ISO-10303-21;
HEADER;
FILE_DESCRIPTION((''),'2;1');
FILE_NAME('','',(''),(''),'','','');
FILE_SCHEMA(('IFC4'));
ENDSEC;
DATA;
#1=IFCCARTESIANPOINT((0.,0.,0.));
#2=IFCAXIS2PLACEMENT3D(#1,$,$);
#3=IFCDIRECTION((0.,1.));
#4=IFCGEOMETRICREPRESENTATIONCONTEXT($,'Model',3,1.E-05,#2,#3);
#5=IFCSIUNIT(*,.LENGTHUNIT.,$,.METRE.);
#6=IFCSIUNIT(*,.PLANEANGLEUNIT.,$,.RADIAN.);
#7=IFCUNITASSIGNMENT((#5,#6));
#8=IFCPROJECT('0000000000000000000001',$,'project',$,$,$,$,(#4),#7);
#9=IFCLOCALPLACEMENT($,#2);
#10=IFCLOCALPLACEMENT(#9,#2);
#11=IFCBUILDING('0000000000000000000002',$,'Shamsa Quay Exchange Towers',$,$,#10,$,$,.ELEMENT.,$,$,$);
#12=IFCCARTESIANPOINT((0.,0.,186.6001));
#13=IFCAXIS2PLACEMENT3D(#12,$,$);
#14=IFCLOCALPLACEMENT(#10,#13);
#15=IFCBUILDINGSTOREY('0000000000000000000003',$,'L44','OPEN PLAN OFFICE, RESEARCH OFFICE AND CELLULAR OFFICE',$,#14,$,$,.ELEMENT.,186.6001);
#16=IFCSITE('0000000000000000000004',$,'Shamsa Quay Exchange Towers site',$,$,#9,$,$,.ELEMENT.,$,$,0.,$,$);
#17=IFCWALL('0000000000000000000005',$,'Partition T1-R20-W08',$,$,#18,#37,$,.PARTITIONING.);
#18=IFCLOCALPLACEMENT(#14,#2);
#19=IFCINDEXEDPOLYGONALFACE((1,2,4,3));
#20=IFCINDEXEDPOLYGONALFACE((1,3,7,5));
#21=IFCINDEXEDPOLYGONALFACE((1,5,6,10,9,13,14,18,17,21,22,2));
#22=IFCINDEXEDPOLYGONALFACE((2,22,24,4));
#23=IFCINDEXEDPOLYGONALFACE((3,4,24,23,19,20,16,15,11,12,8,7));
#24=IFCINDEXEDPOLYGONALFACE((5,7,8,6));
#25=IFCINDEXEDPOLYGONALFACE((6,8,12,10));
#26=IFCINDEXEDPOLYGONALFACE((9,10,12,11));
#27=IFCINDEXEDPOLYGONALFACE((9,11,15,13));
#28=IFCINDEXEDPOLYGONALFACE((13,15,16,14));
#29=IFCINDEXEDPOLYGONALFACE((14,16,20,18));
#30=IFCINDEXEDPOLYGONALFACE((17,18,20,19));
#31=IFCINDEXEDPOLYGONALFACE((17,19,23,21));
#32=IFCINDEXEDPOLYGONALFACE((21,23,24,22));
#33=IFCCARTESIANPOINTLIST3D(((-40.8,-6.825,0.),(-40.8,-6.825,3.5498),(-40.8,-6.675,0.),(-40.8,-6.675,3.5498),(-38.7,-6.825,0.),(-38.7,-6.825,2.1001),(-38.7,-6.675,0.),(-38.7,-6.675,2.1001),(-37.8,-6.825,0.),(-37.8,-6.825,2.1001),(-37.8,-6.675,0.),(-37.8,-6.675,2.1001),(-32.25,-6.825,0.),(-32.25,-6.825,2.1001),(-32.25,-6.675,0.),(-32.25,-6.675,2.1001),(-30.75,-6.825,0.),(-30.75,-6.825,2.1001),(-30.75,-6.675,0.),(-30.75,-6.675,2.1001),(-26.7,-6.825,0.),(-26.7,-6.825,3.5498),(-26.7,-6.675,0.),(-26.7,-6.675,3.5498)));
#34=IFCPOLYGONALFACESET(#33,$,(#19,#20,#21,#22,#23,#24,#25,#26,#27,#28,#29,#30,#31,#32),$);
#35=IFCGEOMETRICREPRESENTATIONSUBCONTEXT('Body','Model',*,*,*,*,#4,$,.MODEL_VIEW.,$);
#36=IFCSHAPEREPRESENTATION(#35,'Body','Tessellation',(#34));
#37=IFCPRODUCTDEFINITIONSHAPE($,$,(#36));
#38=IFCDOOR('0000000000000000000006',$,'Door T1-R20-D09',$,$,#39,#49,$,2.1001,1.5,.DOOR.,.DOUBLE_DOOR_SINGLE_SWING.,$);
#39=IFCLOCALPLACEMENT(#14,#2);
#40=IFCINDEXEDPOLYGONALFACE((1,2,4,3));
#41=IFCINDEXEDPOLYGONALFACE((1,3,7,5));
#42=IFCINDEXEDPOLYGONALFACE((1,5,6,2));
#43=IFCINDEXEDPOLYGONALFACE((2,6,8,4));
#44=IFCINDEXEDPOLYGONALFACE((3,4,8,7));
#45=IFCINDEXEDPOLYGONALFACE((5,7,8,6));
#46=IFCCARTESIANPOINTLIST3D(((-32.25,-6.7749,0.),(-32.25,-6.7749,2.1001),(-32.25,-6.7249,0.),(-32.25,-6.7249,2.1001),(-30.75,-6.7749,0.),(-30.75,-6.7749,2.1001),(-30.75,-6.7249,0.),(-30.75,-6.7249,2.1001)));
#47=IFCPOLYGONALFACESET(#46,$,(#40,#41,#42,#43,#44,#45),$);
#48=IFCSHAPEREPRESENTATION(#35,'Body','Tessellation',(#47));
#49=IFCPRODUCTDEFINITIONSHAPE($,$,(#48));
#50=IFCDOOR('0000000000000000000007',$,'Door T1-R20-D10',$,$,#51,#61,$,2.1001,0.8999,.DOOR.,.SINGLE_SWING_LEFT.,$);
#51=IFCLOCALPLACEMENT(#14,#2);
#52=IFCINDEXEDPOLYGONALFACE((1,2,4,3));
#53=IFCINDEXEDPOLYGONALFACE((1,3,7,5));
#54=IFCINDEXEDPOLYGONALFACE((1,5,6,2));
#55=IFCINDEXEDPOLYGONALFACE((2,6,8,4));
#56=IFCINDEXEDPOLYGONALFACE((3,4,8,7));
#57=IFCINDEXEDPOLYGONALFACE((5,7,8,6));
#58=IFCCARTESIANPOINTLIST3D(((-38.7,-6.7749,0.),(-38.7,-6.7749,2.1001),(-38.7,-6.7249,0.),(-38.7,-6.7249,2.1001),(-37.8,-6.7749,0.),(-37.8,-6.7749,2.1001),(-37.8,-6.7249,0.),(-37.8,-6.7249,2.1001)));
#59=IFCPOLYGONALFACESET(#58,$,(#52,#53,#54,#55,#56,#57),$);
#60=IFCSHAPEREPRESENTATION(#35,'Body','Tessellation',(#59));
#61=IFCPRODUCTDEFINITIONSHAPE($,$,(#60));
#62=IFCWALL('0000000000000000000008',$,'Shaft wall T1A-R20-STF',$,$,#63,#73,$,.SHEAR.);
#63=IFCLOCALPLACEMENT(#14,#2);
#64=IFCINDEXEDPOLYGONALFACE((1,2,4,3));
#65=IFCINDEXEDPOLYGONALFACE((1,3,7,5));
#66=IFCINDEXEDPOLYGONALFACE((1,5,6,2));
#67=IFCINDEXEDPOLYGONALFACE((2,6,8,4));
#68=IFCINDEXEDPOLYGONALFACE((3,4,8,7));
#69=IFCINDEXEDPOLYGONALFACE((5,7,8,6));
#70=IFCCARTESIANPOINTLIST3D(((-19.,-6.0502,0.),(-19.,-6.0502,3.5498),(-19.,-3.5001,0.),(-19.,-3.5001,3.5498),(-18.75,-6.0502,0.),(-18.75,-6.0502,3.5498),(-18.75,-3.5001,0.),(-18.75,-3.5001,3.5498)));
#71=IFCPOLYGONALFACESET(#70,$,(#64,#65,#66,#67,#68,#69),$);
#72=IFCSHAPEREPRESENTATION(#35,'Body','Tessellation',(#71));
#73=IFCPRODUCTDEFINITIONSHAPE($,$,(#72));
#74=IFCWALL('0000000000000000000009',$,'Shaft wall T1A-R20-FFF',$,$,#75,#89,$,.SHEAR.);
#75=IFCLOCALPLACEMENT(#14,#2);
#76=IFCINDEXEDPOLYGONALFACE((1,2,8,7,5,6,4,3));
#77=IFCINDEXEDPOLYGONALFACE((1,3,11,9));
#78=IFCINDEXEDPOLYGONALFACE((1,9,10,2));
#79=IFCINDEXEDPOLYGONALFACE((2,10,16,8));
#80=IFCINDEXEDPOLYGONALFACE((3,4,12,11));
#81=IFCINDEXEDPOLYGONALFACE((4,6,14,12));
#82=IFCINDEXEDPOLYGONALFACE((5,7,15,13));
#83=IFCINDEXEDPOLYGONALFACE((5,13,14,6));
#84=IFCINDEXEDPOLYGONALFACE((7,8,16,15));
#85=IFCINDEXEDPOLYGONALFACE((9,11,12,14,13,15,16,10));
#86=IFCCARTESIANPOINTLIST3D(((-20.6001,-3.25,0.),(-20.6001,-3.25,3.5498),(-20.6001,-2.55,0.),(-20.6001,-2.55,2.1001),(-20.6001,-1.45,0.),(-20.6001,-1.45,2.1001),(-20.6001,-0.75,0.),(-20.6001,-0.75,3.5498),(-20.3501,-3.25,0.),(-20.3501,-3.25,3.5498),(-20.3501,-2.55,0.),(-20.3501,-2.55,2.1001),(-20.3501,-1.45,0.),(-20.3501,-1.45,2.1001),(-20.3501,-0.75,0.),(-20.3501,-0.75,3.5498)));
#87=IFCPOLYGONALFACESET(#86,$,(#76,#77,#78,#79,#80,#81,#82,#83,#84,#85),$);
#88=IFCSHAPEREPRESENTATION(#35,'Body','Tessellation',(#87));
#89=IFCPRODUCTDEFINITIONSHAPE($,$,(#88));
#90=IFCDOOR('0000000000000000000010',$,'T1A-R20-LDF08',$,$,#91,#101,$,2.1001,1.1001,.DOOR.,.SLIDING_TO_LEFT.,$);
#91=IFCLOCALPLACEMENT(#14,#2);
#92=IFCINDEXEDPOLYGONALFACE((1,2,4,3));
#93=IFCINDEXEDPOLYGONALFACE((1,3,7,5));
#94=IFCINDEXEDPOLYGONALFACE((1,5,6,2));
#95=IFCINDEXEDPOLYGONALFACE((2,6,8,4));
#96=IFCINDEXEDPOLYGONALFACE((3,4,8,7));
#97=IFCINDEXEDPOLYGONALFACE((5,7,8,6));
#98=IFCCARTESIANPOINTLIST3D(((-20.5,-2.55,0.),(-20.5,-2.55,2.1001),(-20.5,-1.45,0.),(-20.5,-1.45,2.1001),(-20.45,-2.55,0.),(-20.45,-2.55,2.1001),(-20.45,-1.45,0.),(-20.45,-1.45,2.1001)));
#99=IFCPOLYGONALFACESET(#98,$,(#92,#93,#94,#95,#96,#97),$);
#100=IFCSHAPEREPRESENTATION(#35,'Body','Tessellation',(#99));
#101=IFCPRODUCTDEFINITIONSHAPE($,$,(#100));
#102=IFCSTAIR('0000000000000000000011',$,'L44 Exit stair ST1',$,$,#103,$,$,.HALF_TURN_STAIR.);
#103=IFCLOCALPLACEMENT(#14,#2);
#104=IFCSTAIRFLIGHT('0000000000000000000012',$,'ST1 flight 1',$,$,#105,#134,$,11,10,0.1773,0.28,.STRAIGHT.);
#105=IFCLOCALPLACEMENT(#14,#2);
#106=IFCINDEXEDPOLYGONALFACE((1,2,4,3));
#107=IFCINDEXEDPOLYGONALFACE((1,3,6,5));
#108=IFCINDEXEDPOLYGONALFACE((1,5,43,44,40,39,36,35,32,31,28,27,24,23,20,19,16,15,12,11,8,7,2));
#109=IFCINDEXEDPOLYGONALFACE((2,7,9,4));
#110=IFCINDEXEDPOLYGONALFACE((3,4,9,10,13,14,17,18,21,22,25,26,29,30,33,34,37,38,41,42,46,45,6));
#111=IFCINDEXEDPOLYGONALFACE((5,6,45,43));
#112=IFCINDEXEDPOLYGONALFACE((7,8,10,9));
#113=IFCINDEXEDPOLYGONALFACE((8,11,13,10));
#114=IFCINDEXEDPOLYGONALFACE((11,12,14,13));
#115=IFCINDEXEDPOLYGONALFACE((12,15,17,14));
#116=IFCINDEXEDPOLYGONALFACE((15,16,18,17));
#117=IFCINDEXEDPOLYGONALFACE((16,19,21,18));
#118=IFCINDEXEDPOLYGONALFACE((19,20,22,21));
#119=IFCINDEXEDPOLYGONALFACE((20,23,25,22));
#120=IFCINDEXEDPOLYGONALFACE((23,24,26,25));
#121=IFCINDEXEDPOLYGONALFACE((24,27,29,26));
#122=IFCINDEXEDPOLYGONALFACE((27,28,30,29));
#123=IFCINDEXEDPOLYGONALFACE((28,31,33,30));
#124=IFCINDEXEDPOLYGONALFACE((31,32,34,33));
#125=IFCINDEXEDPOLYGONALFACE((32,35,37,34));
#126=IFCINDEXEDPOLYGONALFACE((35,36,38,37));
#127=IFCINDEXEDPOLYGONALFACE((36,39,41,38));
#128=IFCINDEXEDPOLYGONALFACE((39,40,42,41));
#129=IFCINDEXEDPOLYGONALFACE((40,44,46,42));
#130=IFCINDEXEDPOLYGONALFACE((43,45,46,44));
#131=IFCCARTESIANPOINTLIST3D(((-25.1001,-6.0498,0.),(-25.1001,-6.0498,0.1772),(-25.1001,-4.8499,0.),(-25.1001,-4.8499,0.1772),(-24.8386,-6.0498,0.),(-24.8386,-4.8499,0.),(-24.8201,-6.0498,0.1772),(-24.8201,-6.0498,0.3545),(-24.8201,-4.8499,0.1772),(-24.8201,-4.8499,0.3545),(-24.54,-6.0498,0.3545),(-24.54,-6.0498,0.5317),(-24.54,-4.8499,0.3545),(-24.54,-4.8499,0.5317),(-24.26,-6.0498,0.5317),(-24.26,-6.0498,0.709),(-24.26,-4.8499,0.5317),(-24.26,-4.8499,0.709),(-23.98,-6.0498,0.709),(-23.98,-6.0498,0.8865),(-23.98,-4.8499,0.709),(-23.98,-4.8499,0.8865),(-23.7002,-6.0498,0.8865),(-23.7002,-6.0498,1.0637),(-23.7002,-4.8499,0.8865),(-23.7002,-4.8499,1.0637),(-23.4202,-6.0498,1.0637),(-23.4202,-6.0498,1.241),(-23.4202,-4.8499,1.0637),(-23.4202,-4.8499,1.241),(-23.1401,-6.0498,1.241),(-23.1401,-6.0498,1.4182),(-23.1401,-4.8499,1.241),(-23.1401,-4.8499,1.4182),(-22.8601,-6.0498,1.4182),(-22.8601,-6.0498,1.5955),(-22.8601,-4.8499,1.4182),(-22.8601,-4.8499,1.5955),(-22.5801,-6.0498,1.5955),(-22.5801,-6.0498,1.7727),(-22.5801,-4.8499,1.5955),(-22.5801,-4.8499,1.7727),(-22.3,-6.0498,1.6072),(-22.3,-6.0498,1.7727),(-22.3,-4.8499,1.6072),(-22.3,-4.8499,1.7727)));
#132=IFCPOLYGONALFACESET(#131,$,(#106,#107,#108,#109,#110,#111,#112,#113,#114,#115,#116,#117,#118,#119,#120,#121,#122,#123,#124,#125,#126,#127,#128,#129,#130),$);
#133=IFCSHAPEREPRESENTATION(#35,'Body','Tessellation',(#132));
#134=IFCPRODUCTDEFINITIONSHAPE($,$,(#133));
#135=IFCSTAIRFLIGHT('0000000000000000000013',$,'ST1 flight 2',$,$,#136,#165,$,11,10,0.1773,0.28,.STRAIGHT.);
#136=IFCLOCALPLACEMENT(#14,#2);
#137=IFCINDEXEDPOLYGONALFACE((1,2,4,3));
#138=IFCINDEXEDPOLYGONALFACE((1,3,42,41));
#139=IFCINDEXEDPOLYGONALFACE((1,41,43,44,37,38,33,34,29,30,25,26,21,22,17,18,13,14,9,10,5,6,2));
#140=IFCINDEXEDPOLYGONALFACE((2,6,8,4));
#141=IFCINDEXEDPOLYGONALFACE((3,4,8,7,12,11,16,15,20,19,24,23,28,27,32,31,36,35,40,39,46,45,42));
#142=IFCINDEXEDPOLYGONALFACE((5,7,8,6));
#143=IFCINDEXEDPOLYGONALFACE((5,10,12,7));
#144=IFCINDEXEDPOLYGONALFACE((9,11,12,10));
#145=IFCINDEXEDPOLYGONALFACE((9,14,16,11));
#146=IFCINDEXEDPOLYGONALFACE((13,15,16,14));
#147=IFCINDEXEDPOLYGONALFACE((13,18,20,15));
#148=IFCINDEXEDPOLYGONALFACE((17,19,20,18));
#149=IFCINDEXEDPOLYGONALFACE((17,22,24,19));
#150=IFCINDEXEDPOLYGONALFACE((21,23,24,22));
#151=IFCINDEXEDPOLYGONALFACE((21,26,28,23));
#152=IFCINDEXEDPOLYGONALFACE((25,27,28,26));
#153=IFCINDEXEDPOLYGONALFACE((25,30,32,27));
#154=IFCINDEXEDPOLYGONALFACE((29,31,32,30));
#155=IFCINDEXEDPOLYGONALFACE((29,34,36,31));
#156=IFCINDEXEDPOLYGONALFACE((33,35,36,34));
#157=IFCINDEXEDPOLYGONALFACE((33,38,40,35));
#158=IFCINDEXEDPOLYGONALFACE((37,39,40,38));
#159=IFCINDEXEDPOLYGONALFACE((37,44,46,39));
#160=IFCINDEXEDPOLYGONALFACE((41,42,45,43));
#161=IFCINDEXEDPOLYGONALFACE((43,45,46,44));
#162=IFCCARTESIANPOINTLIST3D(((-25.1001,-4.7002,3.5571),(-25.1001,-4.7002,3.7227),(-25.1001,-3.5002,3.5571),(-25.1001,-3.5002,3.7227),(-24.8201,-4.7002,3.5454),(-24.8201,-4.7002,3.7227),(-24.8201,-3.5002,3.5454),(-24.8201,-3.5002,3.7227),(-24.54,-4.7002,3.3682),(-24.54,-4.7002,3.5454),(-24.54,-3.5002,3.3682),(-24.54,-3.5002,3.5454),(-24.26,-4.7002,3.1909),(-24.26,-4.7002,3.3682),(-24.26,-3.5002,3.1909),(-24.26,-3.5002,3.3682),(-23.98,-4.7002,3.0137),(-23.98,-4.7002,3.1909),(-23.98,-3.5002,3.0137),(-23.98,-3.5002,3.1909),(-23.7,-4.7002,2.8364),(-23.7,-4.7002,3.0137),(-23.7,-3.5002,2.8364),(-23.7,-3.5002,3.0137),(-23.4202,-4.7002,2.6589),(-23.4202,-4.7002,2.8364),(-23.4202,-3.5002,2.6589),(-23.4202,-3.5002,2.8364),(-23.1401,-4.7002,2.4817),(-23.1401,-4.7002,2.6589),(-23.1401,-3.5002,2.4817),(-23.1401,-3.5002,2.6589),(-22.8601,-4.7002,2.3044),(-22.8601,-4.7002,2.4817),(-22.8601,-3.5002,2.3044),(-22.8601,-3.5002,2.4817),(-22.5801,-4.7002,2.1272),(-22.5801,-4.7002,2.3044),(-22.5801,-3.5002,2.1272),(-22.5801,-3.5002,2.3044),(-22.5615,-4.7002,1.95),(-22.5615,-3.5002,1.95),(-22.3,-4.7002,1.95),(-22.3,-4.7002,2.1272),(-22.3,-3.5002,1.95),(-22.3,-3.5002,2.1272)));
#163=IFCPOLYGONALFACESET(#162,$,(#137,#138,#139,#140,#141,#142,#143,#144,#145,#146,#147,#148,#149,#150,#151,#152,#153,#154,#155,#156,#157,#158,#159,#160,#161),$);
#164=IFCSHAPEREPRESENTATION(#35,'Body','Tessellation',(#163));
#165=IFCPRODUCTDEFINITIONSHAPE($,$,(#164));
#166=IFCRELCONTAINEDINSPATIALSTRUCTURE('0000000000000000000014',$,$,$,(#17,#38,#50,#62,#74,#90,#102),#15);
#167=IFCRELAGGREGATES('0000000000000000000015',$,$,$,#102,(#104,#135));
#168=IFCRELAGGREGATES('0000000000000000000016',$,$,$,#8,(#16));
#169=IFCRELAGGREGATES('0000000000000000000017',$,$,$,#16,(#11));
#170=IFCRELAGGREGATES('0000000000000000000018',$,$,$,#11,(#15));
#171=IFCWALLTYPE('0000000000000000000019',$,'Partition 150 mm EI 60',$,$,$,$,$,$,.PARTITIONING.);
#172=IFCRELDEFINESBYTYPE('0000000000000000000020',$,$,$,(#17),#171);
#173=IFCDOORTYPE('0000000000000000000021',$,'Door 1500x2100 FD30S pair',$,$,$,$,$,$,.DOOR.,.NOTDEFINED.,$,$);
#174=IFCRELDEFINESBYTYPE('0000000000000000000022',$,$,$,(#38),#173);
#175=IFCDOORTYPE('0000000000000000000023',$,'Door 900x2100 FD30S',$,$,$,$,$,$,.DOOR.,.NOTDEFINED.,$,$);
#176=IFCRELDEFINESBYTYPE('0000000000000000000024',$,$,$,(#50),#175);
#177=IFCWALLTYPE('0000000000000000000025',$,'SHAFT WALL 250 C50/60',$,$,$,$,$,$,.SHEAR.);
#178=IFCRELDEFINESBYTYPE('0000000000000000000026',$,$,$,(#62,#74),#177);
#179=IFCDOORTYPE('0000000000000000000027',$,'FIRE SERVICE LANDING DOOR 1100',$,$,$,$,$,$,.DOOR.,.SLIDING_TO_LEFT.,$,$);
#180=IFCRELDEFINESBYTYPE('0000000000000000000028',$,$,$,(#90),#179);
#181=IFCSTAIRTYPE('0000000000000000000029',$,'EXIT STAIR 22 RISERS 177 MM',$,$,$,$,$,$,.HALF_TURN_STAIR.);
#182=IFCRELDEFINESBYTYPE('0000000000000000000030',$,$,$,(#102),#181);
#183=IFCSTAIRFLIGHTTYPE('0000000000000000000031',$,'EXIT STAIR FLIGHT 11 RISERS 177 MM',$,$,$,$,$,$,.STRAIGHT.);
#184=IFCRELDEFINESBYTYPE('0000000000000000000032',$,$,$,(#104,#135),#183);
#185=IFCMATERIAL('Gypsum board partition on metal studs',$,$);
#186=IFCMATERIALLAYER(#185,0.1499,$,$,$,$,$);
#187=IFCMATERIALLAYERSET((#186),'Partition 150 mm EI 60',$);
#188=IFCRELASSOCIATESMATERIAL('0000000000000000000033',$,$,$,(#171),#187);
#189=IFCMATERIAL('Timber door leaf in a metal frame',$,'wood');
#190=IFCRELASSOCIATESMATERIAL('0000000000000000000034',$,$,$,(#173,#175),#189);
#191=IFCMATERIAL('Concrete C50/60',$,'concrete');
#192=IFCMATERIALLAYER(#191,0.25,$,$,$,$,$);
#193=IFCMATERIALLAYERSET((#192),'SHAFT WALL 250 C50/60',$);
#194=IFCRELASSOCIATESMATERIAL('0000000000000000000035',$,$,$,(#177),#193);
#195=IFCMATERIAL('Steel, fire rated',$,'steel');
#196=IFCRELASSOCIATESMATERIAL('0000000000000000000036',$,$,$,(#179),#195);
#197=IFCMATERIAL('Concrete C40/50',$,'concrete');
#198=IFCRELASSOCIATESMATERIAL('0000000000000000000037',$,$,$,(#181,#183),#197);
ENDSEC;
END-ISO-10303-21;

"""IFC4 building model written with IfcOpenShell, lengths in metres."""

from ifc_helpers import new_model, si_unit, direction, frame, frame_2d, origin, place, context, subcontext, project, spatial, polyline, rectangle, outline, extrude, material, layer, layer_set, type_object, element, fill, aggregate, save


model = new_model("IFC4")

# Units and contexts
model_context = context("Model", 3, precision=1e-05, world=origin(), true_north=direction((0.0, 1.0)))
body_context = subcontext(model_context, "Body", "Model", "MODEL_VIEW")
ifc_project = project(units=[si_unit("LENGTHUNIT", "METRE"), si_unit("PLANEANGLEUNIT", "RADIAN")], contexts=[model_context])

# Site, building, storey
site_placement = place(None, origin())
site = spatial("IfcSite", under=ifc_project, at=site_placement, Name="Shamsa Quay Exchange Towers site", CompositionType="ELEMENT", RefElevation=0.0)
building_placement = place(site_placement, origin())
building = spatial("IfcBuilding", under=site, at=building_placement, Name="Shamsa Quay Exchange Towers", CompositionType="ELEMENT")
storey_placement = place(building_placement, frame((0.0, 0.0, 186.6001)))
storey = spatial("IfcBuildingStorey", under=building, at=storey_placement, Name="L44", Description="OPEN PLAN OFFICE, RESEARCH OFFICE AND CELLULAR OFFICE", CompositionType="ELEMENT", Elevation=186.6001)

# Wall, openings, doors
ifc_material_1 = material(Name="Gypsum board partition on metal studs")
ifc_layer_1 = layer(ifc_material_1, 0.1499)
ifc_layer_set_1 = layer_set([ifc_layer_1], Name="Partition 150 mm EI 60")
wall_type_1 = type_object("IfcWallType", Name="Partition 150 mm EI 60", PredefinedType="PARTITIONING", material=ifc_layer_set_1)
wall_1_placement = place(storey_placement, frame((-26.7, -6.75, 0.0), z_axis=(0.0, 0.0, 1.0), x_axis=(-1.0, 0.0, 0.0)))
wall_1 = element("IfcWall", 1, at=wall_1_placement, inside=storey, type_object=wall_type_1, Name="Partition T1-R20-W08", PredefinedType="PARTITIONING", context=body_context, shape_type="SweptSolid", body=[
    extrude(rectangle(XDim=14.1001, YDim=0.1499, at=frame_2d((7.05, 0.0))), origin(), (0.0, 0.0, 1.0), 3.5498),
])
opening_1_placement = place(wall_1_placement, frame((4.05, 0.0, 0.0)))
opening_1 = element("IfcOpeningElement", 2, at=opening_1_placement, cuts=wall_1, PredefinedType="OPENING", context=body_context, shape_type="SweptSolid", body=[
    extrude(rectangle(XDim=1.5, YDim=2.1001, at=frame_2d((0.75, 1.05))), frame((0.0, 0.085, 0.0), z_axis=(0.0, -1.0, 0.0), x_axis=(1.0, 0.0, 0.0)), (0.0, 0.0, 1.0), 0.1699),
])
opening_2_placement = place(wall_1_placement, frame((11.1001, 0.0, 0.0)))
opening_2 = element("IfcOpeningElement", 3, at=opening_2_placement, cuts=wall_1, PredefinedType="OPENING", context=body_context, shape_type="SweptSolid", body=[
    extrude(rectangle(XDim=0.8999, YDim=2.1001, at=frame_2d((0.45, 1.05))), frame((0.0, 0.085, 0.0), z_axis=(0.0, -1.0, 0.0), x_axis=(1.0, 0.0, 0.0)), (0.0, 0.0, 1.0), 0.1699),
])
ifc_material_2 = material(Name="Timber door leaf in a metal frame", Category="wood")
door_type_1 = type_object("IfcDoorType", Name="Door 1500x2100 FD30S pair", OperationType="NOTDEFINED", PredefinedType="DOOR", material=ifc_material_2)
door_1_placement = place(opening_1_placement, origin())
door_1 = element("IfcDoor", 4, at=door_1_placement, inside=storey, type_object=door_type_1, Name="Door T1-R20-D09", OperationType="DOUBLE_DOOR_SINGLE_SWING", OverallHeight=2.1001, OverallWidth=1.5, PredefinedType="DOOR", context=body_context, shape_type="SweptSolid", body=[
    extrude(rectangle(XDim=1.5, YDim=2.1001, at=frame_2d((0.75, 1.05))), frame((0.0, 0.0249, 0.0), z_axis=(0.0, -1.0, 0.0), x_axis=(1.0, 0.0, 0.0)), (0.0, 0.0, 1.0), 0.05),
])
fill(opening_1, door_1)
door_type_2 = type_object("IfcDoorType", Name="Door 900x2100 FD30S", OperationType="NOTDEFINED", PredefinedType="DOOR", material=ifc_material_2)
door_2_placement = place(opening_2_placement, origin())
door_2 = element("IfcDoor", 5, at=door_2_placement, inside=storey, type_object=door_type_2, Name="Door T1-R20-D10", OperationType="SINGLE_SWING_LEFT", OverallHeight=2.1001, OverallWidth=0.8999, PredefinedType="DOOR", context=body_context, shape_type="SweptSolid", body=[
    extrude(rectangle(XDim=0.8999, YDim=2.1001, at=frame_2d((0.45, 1.05))), frame((0.0, 0.0249, 0.0), z_axis=(0.0, -1.0, 0.0), x_axis=(1.0, 0.0, 0.0)), (0.0, 0.0, 1.0), 0.05),
])
fill(opening_2, door_2)

# Wall
ifc_material_3 = material(Name="Concrete C50/60", Category="concrete")
ifc_layer_2 = layer(ifc_material_3, 0.25)
ifc_layer_set_2 = layer_set([ifc_layer_2], Name="SHAFT WALL 250 C50/60")
wall_type_2 = type_object("IfcWallType", Name="SHAFT WALL 250 C50/60", PredefinedType="SHEAR", material=ifc_layer_set_2)
wall_2_placement = place(storey_placement, frame((-18.875, -6.05, 0.0), z_axis=(0.0, 0.0, 1.0), x_axis=(0.0, 1.0, 0.0)))
element("IfcWall", 6, at=wall_2_placement, inside=storey, type_object=wall_type_2, Name="Shaft wall T1A-R20-STF", PredefinedType="SHEAR", context=body_context, shape_type="SweptSolid", body=[
    extrude(rectangle(XDim=2.55, YDim=0.25, at=frame_2d((1.2749, 0.0))), origin(), (0.0, 0.0, 1.0), 3.5498),
])

# Wall, opening, door
wall_3_placement = place(storey_placement, frame((-20.4751, -3.25, 0.0), z_axis=(0.0, 0.0, 1.0), x_axis=(0.0, 1.0, 0.0)))
wall_3 = element("IfcWall", 7, at=wall_3_placement, inside=storey, type_object=wall_type_2, Name="Shaft wall T1A-R20-FFF", PredefinedType="SHEAR", context=body_context, shape_type="SweptSolid", body=[
    extrude(rectangle(XDim=2.5, YDim=0.25, at=frame_2d((1.25, 0.0))), origin(), (0.0, 0.0, 1.0), 3.5498),
])
opening_3_placement = place(wall_3_placement, frame((0.7, 0.0, 0.0)))
opening_3 = element("IfcOpeningElement", 8, at=opening_3_placement, cuts=wall_3, PredefinedType="OPENING", context=body_context, shape_type="SweptSolid", body=[
    extrude(rectangle(XDim=1.1001, YDim=2.1001, at=frame_2d((0.55, 1.05))), frame((0.0, 0.135, 0.0), z_axis=(0.0, -1.0, 0.0), x_axis=(1.0, 0.0, 0.0)), (0.0, 0.0, 1.0), 0.27),
])
ifc_material_4 = material(Name="Steel, fire rated", Category="steel")
door_type_3 = type_object("IfcDoorType", Name="FIRE SERVICE LANDING DOOR 1100", OperationType="SLIDING_TO_LEFT", PredefinedType="DOOR", material=ifc_material_4)
door_3_placement = place(opening_3_placement, origin())
door_3 = element("IfcDoor", 9, at=door_3_placement, inside=storey, type_object=door_type_3, Name="T1A-R20-LDF08", OperationType="SLIDING_TO_LEFT", OverallHeight=2.1001, OverallWidth=1.1001, PredefinedType="DOOR", context=body_context, shape_type="SweptSolid", body=[
    extrude(rectangle(XDim=1.1001, YDim=2.1001, at=frame_2d((0.55, 1.05))), frame((0.0, 0.0249, 0.0), z_axis=(0.0, -1.0, 0.0), x_axis=(1.0, 0.0, 0.0)), (0.0, 0.0, 1.0), 0.05),
])
fill(opening_3, door_3)

# Stair, stair flights
ifc_material_5 = material(Name="Concrete C40/50", Category="concrete")
stair_type = type_object("IfcStairType", Name="EXIT STAIR 22 RISERS 177 MM", PredefinedType="HALF_TURN_STAIR", material=ifc_material_5)
stair_placement = place(storey_placement, origin())
stair = element("IfcStair", 10, at=stair_placement, inside=storey, type_object=stair_type, Name="L44 Exit stair ST1", PredefinedType="HALF_TURN_STAIR")
stair_flight_type = type_object("IfcStairFlightType", Name="EXIT STAIR FLIGHT 11 RISERS 177 MM", PredefinedType="STRAIGHT", material=ifc_material_5)
stair_flight_1_placement = place(storey_placement, frame((-25.1001, -5.45, 0.0)))
stair_flight_1 = element("IfcStairFlight", 11, at=stair_flight_1_placement, type_object=stair_flight_type, Name="ST1 flight 1", NumberOfRisers=11, NumberOfTreads=10, PredefinedType="STRAIGHT", RiserHeight=0.1773, TreadLength=0.28, context=body_context, shape_type="SweptSolid", body=[
    extrude(outline(polyline([(0.0, 0.0), (0.0, 0.1772), (0.28, 0.1772), (0.28, 0.3545), (0.5601, 0.3545), (0.5601, 0.5317), (0.8401, 0.5317), (0.8401, 0.709), (1.1201, 0.709), (1.1201, 0.8865), (1.3999, 0.8865), (1.3999, 1.0637), (1.6799, 1.0637), (1.6799, 1.241), (1.96, 1.241), (1.96, 1.4182), (2.24, 1.4182), (2.24, 1.5955), (2.52, 1.5955), (2.52, 1.7727), (2.8, 1.7727), (2.8, 1.95), (2.8, 1.6072), (0.2615, 0.0), (0.0, 0.0)])), frame((0.0, 0.6001, 0.0), z_axis=(0.0, -1.0, 0.0), x_axis=(1.0, 0.0, 0.0)), (0.0, 0.0, 1.0), 1.2),
])
stair_flight_2_placement = place(storey_placement, frame((-22.3, -4.1001, 1.95), z_axis=(0.0, 0.0, 1.0), x_axis=(-1.0, 0.0, 0.0)))
stair_flight_2 = element("IfcStairFlight", 12, at=stair_flight_2_placement, type_object=stair_flight_type, Name="ST1 flight 2", NumberOfRisers=11, NumberOfTreads=10, PredefinedType="STRAIGHT", RiserHeight=0.1773, TreadLength=0.28, context=body_context, shape_type="SweptSolid", body=[
    extrude(outline(polyline([(0.0, 0.0), (0.0, 0.1772), (0.28, 0.1772), (0.28, 0.3545), (0.5601, 0.3545), (0.5601, 0.5317), (0.8401, 0.5317), (0.8401, 0.709), (1.1201, 0.709), (1.1201, 0.8865), (1.3999, 0.8865), (1.3999, 1.0637), (1.6799, 1.0637), (1.6799, 1.241), (1.96, 1.241), (1.96, 1.4182), (2.24, 1.4182), (2.24, 1.5955), (2.52, 1.5955), (2.52, 1.7727), (2.8, 1.7727), (2.8, 1.95), (2.8, 1.6072), (0.2615, 0.0), (0.0, 0.0)])), frame((0.0, 0.6001, 0.0), z_axis=(0.0, -1.0, 0.0), x_axis=(1.0, 0.0, 0.0)), (0.0, 0.0, 1.0), 1.2),
])
aggregate(stair, [stair_flight_1, stair_flight_2])

save(model, "model.ifc")
